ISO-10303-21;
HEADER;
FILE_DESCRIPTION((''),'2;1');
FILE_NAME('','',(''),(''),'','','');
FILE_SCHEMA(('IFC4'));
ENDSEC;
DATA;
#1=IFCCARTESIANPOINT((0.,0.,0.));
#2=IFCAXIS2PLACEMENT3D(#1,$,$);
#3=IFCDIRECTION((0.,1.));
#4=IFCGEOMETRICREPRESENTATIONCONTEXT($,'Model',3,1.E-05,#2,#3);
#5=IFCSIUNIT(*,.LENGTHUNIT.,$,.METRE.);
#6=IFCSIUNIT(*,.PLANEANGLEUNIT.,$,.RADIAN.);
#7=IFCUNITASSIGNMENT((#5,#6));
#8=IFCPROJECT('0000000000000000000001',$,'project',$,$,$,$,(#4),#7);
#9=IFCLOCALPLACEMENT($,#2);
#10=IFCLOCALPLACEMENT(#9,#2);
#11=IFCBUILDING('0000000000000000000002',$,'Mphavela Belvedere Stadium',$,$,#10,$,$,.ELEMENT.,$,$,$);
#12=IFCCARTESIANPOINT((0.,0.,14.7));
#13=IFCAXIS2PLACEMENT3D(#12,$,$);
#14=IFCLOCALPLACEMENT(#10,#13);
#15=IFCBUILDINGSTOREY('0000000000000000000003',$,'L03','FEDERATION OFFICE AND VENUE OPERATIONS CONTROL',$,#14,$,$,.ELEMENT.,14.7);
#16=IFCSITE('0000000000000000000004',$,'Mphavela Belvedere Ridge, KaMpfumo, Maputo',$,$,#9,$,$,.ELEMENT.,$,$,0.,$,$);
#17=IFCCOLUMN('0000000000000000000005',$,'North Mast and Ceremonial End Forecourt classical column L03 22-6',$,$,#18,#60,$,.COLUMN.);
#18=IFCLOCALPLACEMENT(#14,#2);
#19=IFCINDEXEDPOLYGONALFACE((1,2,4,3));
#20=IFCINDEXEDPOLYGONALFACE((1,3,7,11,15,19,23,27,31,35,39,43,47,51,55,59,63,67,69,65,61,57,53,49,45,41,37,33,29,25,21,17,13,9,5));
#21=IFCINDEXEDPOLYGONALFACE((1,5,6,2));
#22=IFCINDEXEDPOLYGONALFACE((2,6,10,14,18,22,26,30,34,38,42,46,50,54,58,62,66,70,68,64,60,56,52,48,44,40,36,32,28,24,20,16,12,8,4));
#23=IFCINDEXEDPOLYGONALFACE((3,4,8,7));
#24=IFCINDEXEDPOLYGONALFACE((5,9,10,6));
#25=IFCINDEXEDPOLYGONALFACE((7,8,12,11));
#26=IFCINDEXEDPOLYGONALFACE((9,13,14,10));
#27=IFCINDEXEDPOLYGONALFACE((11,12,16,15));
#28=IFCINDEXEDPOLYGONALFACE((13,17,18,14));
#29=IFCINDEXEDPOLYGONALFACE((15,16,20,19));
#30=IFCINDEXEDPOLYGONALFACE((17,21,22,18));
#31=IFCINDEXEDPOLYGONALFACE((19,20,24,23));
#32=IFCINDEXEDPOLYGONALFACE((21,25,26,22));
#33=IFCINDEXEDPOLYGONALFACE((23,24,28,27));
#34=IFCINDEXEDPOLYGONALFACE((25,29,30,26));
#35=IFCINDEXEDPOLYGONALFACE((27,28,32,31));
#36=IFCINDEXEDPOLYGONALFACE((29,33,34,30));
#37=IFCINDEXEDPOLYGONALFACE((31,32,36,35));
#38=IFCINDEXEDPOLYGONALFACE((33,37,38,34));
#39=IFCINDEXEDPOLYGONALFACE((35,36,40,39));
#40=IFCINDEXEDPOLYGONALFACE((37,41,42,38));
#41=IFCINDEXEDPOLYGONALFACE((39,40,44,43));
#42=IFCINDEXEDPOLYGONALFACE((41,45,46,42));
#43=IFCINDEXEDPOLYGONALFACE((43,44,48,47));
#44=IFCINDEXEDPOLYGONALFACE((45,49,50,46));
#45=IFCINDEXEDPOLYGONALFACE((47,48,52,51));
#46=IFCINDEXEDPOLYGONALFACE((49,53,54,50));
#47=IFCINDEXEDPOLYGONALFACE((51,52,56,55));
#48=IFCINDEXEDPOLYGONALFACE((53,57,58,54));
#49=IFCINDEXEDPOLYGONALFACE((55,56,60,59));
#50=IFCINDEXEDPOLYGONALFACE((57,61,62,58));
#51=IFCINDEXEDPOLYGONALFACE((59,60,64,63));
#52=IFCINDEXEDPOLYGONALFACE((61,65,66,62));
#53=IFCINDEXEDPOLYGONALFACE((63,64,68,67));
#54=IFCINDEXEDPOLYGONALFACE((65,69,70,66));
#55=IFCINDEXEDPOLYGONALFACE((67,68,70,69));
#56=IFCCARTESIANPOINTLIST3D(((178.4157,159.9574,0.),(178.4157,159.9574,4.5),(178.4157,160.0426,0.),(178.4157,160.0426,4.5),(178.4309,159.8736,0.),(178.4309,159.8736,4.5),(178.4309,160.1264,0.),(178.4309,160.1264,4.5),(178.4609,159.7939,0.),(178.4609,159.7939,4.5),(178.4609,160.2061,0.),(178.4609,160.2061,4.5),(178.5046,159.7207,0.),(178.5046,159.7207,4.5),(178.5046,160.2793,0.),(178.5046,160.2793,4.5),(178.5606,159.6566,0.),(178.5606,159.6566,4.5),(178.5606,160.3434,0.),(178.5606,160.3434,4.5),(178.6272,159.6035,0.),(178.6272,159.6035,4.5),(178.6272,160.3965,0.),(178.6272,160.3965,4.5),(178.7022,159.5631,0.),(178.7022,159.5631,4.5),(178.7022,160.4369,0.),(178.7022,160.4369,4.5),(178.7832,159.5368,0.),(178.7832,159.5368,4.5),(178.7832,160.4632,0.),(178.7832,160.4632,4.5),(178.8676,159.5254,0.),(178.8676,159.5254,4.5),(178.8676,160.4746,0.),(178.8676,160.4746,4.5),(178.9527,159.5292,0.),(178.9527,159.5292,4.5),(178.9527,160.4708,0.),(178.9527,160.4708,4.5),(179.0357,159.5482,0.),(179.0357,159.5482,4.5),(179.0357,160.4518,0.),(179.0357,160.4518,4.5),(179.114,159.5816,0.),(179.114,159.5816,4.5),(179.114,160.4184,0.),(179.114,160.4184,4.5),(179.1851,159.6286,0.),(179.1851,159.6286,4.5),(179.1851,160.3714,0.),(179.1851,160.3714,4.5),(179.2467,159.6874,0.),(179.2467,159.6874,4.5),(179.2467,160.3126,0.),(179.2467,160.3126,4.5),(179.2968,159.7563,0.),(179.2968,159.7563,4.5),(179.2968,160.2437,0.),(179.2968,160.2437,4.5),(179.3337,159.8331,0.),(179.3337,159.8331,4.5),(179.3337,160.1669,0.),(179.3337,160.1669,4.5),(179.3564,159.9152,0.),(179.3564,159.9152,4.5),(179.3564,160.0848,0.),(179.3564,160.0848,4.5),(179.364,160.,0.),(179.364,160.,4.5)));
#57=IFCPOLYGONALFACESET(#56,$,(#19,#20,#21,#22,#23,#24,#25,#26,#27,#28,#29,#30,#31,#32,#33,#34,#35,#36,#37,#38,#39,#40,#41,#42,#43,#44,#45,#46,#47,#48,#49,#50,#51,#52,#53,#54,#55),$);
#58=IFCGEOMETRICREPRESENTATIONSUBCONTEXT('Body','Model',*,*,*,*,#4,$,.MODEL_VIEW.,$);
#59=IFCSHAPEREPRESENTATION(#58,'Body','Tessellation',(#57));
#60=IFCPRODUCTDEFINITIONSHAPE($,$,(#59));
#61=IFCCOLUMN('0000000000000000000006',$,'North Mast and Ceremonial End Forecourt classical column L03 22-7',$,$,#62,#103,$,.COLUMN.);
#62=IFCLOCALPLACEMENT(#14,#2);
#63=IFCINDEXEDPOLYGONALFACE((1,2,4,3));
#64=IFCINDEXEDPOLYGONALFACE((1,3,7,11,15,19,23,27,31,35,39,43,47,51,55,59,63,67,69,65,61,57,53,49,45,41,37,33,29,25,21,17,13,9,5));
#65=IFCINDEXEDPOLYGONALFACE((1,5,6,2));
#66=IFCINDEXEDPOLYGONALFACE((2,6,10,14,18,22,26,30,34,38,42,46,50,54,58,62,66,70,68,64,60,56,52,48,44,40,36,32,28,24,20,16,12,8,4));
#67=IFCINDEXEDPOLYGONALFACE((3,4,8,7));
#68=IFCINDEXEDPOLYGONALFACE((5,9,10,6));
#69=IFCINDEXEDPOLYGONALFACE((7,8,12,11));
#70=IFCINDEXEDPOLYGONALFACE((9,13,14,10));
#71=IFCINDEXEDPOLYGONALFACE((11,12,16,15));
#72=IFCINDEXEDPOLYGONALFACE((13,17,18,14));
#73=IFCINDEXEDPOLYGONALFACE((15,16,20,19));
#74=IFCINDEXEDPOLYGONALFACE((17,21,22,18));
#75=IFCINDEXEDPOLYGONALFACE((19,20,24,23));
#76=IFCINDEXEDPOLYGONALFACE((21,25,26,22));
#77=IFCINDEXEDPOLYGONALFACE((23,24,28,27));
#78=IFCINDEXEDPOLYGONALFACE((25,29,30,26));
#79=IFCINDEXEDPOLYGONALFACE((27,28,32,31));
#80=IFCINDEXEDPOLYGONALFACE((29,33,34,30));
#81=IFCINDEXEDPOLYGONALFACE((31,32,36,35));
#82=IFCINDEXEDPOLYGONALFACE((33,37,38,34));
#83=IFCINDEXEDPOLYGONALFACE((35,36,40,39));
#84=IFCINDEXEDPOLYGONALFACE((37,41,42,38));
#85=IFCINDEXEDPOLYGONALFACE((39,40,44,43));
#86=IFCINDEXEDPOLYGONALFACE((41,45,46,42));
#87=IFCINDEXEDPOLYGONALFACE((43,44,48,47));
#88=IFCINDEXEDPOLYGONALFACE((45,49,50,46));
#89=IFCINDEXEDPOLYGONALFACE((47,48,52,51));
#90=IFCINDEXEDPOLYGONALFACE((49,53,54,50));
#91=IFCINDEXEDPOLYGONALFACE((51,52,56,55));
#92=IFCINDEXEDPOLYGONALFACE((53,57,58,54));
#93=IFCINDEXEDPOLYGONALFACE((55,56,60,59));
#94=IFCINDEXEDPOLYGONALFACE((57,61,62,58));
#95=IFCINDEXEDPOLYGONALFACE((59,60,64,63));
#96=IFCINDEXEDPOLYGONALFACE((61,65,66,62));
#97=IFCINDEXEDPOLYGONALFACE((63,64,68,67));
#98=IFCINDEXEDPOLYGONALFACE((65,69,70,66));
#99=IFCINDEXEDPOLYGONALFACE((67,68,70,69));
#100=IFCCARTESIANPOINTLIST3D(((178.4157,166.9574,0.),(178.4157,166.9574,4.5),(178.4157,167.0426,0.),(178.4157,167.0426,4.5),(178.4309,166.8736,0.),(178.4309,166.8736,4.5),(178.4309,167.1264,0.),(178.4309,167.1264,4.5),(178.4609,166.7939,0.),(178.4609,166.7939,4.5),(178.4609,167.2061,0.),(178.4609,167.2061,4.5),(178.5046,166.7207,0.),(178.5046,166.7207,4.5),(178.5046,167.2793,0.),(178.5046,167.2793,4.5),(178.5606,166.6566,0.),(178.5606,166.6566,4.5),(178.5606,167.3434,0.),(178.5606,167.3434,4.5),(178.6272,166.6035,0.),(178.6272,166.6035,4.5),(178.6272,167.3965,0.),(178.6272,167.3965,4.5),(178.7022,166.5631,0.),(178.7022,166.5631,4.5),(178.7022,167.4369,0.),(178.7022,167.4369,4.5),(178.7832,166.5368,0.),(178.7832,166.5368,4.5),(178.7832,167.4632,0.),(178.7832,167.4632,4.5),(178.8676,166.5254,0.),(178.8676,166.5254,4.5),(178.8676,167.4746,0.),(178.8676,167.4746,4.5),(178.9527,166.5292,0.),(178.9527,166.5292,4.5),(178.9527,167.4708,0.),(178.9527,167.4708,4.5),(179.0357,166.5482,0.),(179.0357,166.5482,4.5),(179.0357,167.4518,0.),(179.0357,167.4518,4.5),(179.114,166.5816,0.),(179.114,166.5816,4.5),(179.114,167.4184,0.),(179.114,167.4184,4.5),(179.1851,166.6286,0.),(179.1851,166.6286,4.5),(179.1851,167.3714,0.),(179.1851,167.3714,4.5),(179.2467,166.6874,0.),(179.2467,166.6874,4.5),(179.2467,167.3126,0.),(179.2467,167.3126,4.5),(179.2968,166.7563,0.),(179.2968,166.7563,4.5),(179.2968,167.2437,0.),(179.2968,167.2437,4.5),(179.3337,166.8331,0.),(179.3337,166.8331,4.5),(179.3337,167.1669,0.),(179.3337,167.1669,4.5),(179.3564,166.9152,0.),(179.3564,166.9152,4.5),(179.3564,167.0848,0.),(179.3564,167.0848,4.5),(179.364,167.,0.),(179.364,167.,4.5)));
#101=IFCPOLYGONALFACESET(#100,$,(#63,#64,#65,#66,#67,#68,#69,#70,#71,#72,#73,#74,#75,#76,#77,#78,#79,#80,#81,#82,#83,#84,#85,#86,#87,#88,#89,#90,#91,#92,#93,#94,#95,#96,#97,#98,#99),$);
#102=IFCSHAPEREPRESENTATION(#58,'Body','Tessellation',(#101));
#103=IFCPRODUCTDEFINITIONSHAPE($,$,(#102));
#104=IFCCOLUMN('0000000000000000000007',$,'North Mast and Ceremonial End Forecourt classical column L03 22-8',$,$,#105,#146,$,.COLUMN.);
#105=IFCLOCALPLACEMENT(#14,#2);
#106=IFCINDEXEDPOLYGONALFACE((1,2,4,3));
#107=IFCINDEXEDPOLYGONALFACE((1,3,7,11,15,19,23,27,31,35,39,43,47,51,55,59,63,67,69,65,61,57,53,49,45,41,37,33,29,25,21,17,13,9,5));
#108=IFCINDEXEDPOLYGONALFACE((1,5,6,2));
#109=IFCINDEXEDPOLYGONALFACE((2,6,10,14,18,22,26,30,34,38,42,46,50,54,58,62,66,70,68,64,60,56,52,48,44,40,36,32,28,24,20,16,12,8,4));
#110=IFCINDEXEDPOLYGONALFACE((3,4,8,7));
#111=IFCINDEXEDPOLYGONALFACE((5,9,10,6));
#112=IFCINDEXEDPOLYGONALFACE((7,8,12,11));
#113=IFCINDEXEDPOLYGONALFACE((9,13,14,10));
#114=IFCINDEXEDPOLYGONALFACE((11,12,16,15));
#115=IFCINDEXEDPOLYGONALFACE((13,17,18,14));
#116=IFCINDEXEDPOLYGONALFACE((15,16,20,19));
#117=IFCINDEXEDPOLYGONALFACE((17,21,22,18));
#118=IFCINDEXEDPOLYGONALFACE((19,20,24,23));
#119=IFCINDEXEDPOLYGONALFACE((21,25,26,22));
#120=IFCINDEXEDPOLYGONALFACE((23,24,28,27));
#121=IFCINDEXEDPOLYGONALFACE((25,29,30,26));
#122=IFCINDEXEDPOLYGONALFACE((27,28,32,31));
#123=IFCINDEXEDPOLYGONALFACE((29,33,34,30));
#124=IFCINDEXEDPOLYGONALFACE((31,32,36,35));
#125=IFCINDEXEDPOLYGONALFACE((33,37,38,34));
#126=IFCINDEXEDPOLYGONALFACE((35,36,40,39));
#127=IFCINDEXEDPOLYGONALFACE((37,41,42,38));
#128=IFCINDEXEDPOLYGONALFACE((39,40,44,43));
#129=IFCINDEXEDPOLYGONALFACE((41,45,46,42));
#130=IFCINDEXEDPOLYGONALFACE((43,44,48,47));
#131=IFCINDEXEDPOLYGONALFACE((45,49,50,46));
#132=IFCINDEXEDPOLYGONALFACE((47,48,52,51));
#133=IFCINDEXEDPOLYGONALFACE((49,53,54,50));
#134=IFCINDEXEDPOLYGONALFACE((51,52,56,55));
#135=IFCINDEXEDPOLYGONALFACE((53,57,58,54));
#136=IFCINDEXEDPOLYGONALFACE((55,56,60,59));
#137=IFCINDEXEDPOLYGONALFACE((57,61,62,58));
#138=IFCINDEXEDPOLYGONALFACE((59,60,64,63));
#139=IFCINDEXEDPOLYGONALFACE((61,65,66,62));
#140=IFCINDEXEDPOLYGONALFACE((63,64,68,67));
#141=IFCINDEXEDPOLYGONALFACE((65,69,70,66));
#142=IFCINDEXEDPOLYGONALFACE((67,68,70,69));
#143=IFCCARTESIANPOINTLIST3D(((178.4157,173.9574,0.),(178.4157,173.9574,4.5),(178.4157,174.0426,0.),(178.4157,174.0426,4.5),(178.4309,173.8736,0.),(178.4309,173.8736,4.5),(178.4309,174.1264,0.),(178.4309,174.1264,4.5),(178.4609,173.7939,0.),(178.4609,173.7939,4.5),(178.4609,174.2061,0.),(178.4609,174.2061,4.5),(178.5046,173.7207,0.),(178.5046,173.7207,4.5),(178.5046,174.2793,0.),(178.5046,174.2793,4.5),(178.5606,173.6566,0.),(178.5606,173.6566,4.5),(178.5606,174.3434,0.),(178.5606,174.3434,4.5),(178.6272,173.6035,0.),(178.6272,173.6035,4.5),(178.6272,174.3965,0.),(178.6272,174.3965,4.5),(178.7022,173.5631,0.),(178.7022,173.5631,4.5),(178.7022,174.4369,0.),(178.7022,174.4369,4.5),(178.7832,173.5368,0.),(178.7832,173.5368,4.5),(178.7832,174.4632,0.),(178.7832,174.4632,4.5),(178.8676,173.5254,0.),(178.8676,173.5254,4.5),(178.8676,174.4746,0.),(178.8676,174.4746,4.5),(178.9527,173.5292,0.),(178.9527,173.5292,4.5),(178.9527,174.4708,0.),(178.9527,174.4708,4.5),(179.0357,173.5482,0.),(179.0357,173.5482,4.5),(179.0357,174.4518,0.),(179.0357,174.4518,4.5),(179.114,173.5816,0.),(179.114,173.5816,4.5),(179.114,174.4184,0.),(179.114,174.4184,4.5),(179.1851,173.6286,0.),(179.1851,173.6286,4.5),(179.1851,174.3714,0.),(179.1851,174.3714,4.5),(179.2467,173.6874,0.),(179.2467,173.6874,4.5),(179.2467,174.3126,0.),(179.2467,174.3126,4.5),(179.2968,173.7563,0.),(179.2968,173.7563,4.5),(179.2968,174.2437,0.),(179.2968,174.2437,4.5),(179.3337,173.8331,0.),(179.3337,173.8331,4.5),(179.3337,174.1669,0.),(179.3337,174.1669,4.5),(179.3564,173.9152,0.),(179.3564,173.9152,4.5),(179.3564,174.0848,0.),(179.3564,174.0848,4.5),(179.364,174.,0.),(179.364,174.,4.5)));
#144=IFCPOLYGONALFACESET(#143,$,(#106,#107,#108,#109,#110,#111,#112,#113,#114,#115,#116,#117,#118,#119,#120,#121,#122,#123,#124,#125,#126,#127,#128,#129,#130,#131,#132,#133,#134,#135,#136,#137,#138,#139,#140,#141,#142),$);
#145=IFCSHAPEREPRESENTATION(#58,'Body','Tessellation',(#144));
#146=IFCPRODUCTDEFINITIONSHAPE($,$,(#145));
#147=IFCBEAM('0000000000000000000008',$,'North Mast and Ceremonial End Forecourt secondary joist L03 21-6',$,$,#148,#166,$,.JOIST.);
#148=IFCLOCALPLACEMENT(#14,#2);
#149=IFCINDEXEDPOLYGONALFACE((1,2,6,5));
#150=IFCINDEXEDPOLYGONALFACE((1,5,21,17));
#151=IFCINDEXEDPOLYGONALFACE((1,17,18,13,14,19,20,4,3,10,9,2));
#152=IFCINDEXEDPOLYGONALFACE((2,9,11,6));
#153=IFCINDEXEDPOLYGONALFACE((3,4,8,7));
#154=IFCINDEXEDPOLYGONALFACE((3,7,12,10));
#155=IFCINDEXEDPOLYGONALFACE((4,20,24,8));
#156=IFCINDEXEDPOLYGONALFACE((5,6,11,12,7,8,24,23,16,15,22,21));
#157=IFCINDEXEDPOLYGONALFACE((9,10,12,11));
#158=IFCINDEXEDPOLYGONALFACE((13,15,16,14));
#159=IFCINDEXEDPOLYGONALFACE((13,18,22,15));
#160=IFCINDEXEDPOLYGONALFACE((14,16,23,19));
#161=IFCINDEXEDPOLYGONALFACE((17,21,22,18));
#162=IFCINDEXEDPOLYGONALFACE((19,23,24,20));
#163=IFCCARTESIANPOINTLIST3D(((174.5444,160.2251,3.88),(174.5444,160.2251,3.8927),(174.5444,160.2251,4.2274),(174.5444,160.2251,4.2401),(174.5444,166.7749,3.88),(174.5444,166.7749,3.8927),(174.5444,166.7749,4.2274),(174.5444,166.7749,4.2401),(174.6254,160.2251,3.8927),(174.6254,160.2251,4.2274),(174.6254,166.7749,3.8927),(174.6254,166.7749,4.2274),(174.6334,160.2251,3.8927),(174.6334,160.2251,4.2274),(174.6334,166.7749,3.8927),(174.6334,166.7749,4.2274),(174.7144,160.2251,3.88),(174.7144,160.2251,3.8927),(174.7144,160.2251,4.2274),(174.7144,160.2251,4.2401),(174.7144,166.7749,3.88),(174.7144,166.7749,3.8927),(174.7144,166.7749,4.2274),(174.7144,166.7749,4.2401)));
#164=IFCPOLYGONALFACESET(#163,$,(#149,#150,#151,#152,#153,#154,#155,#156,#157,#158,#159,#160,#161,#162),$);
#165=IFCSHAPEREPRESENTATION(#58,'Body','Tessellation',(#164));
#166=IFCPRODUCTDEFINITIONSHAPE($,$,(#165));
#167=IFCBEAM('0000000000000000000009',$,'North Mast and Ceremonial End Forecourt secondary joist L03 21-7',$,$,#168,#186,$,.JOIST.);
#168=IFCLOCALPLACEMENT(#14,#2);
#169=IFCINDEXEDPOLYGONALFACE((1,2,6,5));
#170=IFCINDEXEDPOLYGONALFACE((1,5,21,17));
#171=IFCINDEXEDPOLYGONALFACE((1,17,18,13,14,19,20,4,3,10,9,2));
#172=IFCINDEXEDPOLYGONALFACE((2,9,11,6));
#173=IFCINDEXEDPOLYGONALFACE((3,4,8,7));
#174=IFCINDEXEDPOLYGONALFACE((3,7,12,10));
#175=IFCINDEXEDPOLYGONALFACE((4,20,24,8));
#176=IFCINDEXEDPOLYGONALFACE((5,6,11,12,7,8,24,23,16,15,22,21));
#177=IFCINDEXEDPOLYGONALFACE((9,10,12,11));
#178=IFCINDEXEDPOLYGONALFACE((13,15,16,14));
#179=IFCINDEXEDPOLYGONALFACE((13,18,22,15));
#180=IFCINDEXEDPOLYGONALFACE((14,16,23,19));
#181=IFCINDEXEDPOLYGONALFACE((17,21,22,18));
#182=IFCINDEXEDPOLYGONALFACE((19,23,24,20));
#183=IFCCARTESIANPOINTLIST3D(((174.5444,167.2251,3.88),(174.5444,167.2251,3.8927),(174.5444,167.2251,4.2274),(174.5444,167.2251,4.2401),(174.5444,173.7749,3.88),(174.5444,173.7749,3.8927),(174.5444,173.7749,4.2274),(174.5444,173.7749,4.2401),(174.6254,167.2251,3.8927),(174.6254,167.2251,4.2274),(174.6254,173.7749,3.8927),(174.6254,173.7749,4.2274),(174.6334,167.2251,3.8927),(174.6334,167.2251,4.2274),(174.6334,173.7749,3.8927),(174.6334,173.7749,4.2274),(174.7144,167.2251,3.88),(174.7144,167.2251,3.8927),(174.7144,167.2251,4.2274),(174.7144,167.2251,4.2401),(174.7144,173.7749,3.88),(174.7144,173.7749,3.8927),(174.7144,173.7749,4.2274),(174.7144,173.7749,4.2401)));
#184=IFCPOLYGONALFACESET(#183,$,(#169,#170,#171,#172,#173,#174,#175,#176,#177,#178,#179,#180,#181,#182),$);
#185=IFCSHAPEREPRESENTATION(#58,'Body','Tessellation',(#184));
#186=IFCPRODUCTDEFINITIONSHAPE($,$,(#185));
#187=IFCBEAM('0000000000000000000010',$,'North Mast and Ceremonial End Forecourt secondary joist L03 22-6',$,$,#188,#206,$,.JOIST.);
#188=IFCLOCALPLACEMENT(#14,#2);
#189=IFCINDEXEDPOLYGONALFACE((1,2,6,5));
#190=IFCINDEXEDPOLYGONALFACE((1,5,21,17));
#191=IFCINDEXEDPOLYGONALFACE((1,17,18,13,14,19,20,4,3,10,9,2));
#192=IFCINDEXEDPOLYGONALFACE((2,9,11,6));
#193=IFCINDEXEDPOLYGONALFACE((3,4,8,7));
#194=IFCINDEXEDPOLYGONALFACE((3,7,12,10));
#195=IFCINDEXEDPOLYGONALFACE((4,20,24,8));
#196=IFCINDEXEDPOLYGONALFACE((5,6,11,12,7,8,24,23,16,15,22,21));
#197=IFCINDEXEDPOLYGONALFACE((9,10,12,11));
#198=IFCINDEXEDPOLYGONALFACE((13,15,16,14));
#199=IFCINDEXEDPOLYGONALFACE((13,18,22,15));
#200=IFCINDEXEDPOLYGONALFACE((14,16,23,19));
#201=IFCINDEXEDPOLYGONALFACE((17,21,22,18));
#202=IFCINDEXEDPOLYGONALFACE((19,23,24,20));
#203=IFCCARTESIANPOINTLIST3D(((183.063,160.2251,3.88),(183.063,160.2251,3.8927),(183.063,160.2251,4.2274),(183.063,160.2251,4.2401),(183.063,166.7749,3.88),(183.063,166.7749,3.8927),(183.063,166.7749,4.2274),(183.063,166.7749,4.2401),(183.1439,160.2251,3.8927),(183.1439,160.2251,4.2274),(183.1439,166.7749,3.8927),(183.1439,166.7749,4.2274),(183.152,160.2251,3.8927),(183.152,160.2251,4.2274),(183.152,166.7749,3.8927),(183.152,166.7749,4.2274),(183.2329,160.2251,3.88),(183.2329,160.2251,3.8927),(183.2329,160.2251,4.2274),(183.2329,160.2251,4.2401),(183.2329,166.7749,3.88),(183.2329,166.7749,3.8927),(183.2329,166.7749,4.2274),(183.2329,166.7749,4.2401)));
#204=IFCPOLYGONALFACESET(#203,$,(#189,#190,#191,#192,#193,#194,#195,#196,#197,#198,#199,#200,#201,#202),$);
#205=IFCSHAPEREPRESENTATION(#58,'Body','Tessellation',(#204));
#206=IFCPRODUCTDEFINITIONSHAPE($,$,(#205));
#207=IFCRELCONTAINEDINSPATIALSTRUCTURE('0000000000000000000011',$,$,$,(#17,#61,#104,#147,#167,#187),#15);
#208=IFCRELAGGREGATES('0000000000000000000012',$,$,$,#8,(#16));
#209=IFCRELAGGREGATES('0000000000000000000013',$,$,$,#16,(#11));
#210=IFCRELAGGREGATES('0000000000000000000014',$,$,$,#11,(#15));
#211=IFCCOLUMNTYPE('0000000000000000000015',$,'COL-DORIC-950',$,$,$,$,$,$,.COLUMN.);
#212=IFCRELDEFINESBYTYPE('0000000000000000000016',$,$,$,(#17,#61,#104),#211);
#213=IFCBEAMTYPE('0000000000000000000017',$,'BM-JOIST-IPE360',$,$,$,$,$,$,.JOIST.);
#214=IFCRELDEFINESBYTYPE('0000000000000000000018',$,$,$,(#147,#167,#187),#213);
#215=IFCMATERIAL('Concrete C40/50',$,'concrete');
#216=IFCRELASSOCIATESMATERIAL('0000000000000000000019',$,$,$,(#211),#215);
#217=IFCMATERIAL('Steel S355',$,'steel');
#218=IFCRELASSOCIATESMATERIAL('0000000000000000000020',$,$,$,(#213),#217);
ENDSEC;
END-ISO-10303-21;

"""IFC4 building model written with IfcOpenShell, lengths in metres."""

from ifc_helpers import new_model, si_unit, direction, frame, origin, origin_2d, place, context, subcontext, project, spatial, circle, i_section, extrude, material, material_profile, profile_set, type_object, element, save


model = new_model("IFC4")

# Units and contexts
model_context = context("Model", 3, precision=1e-05, world=origin(), true_north=direction((0.0, 1.0)))
body_context = subcontext(model_context, "Body", "Model", "MODEL_VIEW")
ifc_project = project(units=[si_unit("LENGTHUNIT", "METRE"), si_unit("PLANEANGLEUNIT", "RADIAN")], contexts=[model_context])

# Site, building, storey
site_placement = place(None, origin())
site = spatial("IfcSite", under=ifc_project, at=site_placement, Name="Mphavela Belvedere Ridge, KaMpfumo, Maputo", CompositionType="ELEMENT", RefElevation=0.0)
building_placement = place(site_placement, origin())
building = spatial("IfcBuilding", under=site, at=building_placement, Name="Mphavela Belvedere Stadium", CompositionType="ELEMENT")
storey_placement = place(building_placement, frame((0.0, 0.0, 14.7)))
storey = spatial("IfcBuildingStorey", under=building, at=storey_placement, Name="L03", Description="FEDERATION OFFICE AND VENUE OPERATIONS CONTROL", CompositionType="ELEMENT", Elevation=14.7)

# Columns
ifc_material_1 = material(Name="Concrete C40/50", Category="concrete")
ifc_material_profile_1 = material_profile(ifc_material_1, circle(Radius=0.4751, at=origin_2d()), Name="COL D950")
ifc_profile_set_1 = profile_set([ifc_material_profile_1], Name="Concrete C40/50")
column_type = type_object("IfcColumnType", Name="COL-DORIC-950", PredefinedType="COLUMN", material=ifc_profile_set_1)
for number, where, z_axis, x_axis, name in (
    (1, (178.8889, 160.0, 0.0), (0.0, 0.0, 1.0), (1.0, 0.0, 0.0), "North Mast and Ceremonial End Forecourt classical column L03 22-6"),
    (2, (178.8889, 167.0, 0.0), (0.0, 0.0, 1.0), (1.0, 0.0, 0.0), "North Mast and Ceremonial End Forecourt classical column L03 22-7"),
    (3, (178.8889, 174.0, 0.0), (0.0, 0.0, 1.0), (1.0, 0.0, 0.0), "North Mast and Ceremonial End Forecourt classical column L03 22-8"),
):
    element("IfcColumn", number, at=place(storey_placement, frame(where, z_axis=z_axis, x_axis=x_axis)), inside=storey, type_object=column_type, Name=name, PredefinedType="COLUMN", context=body_context, shape_type="SweptSolid", body=[
        extrude(circle(Radius=0.4751, at=origin_2d()), origin(), (0.0, 0.0, 1.0), 4.5),
    ])

# Beams
ifc_material_2 = material(Name="Steel S355", Category="steel")
ifc_material_profile_2 = material_profile(ifc_material_2, i_section(OverallWidth=0.1699, OverallDepth=0.3601, WebThickness=0.0081, FlangeThickness=0.0127, at=origin_2d()), Name="IPE 360")
ifc_profile_set_2 = profile_set([ifc_material_profile_2], Name="Steel S355")
beam_type_1 = type_object("IfcBeamType", Name="BM-JOIST-IPE360", PredefinedType="JOIST", material=ifc_profile_set_2)
for number, where, z_axis, x_axis, name in (
    (4, (174.6294, 160.2251, 4.0601), (0.0, 1.0, 0.0), (-1.0, 0.0, 0.0), "North Mast and Ceremonial End Forecourt secondary joist L03 21-6"),
    (5, (174.6294, 167.2251, 4.0601), (0.0, 1.0, 0.0), (-1.0, 0.0, 0.0), "North Mast and Ceremonial End Forecourt secondary joist L03 21-7"),
    (6, (183.1479, 160.2251, 4.0601), (0.0, 1.0, 0.0), (-1.0, 0.0, 0.0), "North Mast and Ceremonial End Forecourt secondary joist L03 22-6"),
):
    element("IfcBeam", number, at=place(storey_placement, frame(where, z_axis=z_axis, x_axis=x_axis)), inside=storey, type_object=beam_type_1, Name=name, PredefinedType="JOIST", context=body_context, shape_type="SweptSolid", body=[
        extrude(i_section(OverallWidth=0.1699, OverallDepth=0.3601, WebThickness=0.0081, FlangeThickness=0.0127, at=origin_2d()), origin(), (0.0, 0.0, 1.0), 6.5498),
    ])

save(model, "model.ifc")
